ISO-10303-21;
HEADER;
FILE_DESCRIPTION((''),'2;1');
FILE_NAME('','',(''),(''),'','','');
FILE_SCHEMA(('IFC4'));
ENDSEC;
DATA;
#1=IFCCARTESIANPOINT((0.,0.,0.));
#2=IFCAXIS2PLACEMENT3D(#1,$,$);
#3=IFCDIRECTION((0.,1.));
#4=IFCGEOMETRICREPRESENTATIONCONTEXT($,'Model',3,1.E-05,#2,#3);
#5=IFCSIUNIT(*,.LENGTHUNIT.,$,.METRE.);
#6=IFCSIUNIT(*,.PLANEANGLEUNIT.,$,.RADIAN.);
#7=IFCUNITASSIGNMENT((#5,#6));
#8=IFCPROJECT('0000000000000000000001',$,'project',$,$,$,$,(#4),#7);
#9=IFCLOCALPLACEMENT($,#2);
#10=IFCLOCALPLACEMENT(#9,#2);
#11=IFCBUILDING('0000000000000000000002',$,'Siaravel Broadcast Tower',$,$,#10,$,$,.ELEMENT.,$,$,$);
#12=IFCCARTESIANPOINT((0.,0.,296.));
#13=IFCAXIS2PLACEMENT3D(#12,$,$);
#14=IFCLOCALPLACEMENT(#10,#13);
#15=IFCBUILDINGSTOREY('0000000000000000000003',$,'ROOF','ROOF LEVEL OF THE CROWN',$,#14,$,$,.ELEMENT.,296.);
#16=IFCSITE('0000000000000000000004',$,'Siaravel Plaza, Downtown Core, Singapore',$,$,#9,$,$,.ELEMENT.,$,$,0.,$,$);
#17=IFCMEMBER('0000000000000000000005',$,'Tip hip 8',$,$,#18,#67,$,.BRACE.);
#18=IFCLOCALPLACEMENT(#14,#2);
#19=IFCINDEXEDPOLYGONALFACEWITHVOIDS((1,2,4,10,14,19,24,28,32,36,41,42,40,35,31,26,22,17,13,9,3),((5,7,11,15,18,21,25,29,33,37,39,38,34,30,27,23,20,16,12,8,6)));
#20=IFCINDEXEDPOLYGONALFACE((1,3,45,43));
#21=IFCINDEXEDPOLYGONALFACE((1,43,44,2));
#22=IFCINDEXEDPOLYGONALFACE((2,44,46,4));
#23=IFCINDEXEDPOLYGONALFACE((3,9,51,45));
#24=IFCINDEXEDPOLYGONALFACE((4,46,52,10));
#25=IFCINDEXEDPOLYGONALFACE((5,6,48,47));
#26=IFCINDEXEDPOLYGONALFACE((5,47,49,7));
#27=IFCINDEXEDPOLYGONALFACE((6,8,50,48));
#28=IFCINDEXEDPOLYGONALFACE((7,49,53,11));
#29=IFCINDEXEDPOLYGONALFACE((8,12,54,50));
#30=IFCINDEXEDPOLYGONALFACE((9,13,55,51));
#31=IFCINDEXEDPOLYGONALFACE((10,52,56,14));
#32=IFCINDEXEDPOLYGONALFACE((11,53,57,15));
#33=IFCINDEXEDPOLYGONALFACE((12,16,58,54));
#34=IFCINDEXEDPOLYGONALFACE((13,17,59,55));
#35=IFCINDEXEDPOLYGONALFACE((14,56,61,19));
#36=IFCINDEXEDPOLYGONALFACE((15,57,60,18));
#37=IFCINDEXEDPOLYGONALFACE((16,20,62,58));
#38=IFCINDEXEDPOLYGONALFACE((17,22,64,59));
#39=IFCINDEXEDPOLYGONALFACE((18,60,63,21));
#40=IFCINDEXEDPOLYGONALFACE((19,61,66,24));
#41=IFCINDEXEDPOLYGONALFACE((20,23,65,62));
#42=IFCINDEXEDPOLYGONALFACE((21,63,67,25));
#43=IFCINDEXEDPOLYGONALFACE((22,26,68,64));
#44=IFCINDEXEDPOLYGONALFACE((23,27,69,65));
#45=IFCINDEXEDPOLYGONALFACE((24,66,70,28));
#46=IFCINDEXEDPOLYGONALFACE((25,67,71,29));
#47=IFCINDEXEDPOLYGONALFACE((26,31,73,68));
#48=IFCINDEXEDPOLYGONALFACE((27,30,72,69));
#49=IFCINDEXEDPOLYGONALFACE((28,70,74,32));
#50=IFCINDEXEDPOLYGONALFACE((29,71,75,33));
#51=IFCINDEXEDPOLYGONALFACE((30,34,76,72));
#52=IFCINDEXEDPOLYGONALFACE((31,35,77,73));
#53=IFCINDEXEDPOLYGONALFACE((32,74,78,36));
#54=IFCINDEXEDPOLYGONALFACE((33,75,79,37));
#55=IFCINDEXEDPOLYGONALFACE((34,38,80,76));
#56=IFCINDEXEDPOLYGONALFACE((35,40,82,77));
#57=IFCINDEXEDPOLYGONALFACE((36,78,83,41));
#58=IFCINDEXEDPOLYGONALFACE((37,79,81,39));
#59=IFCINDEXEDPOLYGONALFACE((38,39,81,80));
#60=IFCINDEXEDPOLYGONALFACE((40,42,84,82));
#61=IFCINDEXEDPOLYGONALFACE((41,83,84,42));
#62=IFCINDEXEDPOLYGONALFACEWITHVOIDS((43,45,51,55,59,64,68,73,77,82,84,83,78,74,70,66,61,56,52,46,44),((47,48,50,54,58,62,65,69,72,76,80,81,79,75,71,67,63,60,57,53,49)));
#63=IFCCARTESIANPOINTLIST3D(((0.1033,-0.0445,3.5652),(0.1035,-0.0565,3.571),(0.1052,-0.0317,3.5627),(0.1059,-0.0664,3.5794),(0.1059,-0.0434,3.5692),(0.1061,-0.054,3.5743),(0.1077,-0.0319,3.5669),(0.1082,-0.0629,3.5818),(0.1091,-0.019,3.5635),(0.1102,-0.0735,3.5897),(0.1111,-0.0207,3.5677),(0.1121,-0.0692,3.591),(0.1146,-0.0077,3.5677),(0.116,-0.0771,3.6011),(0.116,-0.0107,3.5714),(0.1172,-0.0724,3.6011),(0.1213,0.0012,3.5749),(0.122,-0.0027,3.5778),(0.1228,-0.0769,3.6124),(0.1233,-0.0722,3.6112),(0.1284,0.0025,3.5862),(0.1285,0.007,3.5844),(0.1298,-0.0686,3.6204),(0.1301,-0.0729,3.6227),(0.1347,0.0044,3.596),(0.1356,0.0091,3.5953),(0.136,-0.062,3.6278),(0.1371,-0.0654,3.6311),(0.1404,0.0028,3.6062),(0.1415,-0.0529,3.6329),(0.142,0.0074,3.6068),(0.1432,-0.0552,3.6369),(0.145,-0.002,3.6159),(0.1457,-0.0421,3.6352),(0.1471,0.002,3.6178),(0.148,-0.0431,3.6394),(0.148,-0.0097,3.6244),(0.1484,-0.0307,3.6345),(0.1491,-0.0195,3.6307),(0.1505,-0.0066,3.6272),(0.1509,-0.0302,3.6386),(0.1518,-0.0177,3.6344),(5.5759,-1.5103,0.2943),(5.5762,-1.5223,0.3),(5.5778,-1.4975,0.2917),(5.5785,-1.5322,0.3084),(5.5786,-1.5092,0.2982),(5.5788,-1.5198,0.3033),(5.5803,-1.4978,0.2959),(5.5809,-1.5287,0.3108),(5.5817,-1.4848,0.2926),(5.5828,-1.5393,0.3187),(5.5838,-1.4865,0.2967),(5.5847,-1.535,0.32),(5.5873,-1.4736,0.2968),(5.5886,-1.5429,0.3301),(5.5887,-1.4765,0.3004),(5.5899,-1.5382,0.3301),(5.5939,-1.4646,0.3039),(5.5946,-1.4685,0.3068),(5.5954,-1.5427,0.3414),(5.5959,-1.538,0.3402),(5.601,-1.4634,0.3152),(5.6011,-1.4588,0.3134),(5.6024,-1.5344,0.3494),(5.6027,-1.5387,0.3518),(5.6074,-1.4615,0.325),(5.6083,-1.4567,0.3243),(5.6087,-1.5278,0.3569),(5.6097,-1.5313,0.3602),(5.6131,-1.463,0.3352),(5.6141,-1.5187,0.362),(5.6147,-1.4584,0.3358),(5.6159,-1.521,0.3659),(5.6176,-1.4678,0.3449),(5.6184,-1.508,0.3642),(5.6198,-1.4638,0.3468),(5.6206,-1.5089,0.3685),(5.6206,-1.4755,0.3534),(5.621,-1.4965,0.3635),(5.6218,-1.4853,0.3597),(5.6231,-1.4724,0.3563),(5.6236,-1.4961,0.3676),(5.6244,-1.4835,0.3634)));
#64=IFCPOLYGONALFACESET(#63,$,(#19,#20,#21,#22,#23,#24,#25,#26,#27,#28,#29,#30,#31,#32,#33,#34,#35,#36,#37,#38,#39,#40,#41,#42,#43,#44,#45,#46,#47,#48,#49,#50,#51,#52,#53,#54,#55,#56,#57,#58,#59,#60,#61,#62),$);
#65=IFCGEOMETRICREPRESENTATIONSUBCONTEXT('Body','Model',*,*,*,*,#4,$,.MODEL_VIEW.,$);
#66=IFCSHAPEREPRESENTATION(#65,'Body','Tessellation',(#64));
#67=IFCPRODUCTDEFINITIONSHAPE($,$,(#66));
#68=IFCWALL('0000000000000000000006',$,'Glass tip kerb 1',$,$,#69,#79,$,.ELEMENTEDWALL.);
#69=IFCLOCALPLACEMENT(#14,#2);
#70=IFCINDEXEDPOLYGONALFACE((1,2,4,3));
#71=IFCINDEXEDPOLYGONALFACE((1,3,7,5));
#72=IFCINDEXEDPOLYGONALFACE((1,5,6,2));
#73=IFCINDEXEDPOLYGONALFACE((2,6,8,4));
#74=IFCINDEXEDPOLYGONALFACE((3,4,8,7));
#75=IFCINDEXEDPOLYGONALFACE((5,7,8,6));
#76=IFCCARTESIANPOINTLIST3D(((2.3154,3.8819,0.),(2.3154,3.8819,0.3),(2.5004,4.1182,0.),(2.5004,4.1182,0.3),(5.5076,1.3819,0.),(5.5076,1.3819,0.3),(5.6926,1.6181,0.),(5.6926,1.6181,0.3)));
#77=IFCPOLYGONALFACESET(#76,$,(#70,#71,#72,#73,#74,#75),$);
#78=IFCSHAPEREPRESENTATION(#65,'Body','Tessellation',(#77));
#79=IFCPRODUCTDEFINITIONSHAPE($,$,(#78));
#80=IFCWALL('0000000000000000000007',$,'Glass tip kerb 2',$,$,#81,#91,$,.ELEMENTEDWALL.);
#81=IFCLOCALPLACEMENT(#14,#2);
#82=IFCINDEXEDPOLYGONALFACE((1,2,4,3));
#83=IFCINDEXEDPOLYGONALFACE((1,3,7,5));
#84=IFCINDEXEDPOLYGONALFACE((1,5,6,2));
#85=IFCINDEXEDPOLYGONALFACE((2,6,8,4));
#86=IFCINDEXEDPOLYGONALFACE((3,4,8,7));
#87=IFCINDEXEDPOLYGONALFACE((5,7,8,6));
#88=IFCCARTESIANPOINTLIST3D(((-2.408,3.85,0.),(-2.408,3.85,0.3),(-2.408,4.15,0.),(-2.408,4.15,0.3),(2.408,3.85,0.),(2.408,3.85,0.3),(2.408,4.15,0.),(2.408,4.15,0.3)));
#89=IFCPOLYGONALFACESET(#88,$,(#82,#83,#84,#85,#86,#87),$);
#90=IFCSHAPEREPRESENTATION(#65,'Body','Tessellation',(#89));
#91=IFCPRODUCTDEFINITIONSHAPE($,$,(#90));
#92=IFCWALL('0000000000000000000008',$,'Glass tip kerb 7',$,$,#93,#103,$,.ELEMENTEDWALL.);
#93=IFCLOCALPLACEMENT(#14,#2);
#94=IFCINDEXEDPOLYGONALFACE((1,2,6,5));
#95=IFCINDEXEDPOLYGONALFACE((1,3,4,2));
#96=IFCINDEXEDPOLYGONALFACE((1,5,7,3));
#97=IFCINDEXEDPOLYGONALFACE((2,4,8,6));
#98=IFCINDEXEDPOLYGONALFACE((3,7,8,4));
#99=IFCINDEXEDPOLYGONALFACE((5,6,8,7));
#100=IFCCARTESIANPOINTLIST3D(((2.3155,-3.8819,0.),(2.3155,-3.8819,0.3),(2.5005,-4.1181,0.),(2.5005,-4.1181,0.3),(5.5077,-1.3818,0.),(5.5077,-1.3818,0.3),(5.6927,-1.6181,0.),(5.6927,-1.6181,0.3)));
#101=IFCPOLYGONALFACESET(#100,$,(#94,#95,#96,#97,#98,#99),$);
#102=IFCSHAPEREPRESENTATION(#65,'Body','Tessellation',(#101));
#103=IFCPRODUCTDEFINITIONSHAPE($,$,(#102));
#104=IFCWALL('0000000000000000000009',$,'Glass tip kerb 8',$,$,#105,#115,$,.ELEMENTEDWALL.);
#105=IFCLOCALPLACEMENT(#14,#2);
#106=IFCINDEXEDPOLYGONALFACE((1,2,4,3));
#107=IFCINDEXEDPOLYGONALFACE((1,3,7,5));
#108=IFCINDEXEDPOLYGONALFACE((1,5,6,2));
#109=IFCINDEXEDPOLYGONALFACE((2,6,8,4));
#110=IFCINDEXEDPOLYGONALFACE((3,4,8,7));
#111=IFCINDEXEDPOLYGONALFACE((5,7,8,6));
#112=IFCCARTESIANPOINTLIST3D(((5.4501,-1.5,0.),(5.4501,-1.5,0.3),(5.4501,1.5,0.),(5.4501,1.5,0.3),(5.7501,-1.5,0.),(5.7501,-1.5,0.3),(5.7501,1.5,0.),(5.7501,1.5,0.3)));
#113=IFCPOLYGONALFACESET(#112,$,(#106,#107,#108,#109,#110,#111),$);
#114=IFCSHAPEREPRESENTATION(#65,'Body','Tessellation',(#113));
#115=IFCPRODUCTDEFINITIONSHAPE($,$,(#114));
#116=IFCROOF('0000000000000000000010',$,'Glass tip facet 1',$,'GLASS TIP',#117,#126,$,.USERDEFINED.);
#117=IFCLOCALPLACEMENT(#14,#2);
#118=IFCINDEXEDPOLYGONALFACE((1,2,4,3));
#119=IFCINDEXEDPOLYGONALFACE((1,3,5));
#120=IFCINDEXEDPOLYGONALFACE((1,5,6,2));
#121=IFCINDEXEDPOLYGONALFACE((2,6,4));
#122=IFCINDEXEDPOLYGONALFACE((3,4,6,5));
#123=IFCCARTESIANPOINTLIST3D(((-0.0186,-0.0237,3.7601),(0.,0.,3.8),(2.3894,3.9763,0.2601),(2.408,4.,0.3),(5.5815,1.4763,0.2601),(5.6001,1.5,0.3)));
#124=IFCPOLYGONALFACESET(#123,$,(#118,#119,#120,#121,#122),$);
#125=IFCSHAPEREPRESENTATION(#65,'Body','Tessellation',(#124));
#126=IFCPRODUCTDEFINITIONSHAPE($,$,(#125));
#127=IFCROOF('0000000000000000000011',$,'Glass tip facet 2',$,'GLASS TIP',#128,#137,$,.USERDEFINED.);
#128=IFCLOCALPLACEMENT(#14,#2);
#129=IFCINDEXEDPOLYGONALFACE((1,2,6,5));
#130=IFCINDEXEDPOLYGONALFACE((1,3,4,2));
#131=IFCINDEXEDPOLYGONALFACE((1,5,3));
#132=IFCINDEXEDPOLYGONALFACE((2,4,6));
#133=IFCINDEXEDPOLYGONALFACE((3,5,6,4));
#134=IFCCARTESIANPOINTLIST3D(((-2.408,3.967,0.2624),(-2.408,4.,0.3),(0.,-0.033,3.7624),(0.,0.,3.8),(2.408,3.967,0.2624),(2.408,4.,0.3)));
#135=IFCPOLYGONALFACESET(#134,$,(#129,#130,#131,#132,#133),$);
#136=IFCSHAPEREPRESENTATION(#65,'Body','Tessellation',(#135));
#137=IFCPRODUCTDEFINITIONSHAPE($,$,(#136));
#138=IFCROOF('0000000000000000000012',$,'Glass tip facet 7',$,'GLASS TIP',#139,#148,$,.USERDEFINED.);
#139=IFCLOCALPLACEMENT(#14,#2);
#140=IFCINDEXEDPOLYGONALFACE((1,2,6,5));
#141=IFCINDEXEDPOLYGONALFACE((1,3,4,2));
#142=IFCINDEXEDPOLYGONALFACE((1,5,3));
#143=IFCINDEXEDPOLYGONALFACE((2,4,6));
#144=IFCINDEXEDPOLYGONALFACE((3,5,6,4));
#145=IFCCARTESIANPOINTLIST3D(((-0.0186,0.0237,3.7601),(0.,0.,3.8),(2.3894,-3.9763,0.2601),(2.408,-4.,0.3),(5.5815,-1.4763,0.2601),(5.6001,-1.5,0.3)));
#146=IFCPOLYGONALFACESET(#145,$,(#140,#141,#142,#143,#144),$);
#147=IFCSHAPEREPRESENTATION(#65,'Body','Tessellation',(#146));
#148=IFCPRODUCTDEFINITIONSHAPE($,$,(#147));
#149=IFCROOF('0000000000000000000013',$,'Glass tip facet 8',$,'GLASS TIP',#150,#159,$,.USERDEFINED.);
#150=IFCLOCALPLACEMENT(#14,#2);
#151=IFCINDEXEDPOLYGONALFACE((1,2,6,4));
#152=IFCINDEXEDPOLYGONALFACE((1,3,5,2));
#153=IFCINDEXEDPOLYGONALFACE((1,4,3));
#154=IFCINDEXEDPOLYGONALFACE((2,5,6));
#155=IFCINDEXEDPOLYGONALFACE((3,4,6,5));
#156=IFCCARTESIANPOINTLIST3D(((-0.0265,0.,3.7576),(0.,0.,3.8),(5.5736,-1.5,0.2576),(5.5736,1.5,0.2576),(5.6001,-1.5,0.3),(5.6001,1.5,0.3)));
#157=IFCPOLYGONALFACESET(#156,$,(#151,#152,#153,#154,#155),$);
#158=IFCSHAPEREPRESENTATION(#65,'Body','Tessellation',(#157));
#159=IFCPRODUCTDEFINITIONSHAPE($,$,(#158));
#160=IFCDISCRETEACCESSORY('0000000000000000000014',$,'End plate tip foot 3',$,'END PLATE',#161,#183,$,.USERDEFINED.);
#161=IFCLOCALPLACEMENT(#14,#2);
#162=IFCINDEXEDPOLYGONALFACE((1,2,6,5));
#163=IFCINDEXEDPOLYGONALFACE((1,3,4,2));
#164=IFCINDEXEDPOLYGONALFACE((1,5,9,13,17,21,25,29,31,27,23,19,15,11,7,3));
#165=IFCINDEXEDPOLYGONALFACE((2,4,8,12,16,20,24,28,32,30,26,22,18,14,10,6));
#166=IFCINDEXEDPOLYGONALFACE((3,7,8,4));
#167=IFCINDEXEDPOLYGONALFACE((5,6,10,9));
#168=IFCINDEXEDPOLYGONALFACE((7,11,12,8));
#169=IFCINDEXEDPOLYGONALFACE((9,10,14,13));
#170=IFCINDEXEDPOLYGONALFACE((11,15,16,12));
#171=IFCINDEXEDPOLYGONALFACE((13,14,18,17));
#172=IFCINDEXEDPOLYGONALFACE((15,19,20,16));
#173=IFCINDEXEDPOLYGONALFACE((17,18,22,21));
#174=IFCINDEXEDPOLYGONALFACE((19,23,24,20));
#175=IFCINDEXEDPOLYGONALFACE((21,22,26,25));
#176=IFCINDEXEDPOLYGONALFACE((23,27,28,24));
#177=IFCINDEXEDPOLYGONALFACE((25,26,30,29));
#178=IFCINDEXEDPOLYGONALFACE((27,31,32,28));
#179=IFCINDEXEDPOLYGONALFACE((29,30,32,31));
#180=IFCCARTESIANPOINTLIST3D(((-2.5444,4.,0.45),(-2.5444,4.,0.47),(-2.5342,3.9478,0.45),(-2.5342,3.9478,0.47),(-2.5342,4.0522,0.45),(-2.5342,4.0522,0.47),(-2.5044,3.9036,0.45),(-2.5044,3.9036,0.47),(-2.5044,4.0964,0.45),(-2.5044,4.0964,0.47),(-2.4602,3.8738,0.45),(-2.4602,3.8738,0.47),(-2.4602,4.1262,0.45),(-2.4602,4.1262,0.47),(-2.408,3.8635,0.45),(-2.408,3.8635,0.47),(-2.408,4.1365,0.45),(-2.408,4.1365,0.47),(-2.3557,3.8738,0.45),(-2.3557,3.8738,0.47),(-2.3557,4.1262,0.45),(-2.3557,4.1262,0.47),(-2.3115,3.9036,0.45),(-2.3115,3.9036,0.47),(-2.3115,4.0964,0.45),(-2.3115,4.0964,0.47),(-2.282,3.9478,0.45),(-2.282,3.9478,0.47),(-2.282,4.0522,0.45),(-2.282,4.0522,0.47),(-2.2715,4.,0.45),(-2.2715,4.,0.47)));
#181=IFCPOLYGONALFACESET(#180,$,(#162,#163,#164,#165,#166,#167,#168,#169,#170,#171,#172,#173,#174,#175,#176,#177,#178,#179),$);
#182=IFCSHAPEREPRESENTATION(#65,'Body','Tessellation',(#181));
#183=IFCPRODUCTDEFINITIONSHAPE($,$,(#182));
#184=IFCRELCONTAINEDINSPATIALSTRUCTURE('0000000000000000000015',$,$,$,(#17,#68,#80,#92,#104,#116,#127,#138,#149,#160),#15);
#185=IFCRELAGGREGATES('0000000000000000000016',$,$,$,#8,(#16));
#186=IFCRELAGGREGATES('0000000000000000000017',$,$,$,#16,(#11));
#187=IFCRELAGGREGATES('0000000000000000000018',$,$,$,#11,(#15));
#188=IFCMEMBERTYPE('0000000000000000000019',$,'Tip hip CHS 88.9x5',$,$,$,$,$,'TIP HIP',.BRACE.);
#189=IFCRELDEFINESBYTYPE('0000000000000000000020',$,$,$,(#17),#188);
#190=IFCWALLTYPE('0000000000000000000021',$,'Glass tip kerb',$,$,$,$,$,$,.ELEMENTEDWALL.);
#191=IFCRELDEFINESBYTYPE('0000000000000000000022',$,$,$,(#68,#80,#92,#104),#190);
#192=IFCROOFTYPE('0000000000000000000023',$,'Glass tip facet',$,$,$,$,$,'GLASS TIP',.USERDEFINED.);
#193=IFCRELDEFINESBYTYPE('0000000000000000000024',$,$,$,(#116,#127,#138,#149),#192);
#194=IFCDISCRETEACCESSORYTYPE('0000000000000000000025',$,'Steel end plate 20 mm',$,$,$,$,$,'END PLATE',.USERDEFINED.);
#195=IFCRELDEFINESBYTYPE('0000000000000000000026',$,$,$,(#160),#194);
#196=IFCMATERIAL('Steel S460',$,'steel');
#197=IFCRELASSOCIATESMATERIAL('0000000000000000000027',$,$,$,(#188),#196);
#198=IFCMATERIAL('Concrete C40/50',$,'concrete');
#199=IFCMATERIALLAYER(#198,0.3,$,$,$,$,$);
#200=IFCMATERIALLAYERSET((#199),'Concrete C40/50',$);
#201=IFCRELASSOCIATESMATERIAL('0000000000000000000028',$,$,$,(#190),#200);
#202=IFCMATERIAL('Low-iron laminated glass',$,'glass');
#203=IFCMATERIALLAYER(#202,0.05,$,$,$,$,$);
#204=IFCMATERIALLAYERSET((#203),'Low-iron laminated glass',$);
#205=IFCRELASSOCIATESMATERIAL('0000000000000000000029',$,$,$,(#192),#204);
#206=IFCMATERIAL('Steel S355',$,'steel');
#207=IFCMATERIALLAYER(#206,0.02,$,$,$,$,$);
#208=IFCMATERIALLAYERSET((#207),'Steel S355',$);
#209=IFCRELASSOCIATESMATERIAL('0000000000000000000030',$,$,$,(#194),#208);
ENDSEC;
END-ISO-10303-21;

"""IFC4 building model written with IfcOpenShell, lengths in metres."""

from ifc_helpers import new_model, si_unit, direction, frame, frame_2d, origin, origin_2d, place, context, subcontext, project, spatial, polyline, rectangle, hollow_circle, outline, extrude, material, layer, layer_set, material_profile, profile_set, type_object, element, save


model = new_model("IFC4")

# Units and contexts
model_context = context("Model", 3, precision=1e-05, world=origin(), true_north=direction((0.0, 1.0)))
body_context = subcontext(model_context, "Body", "Model", "MODEL_VIEW")
ifc_project = project(units=[si_unit("LENGTHUNIT", "METRE"), si_unit("PLANEANGLEUNIT", "RADIAN")], contexts=[model_context])

# Site, building, storey
site_placement = place(None, origin())
site = spatial("IfcSite", under=ifc_project, at=site_placement, Name="Siaravel Plaza, Downtown Core, Singapore", CompositionType="ELEMENT", RefElevation=0.0)
building_placement = place(site_placement, origin())
building = spatial("IfcBuilding", under=site, at=building_placement, Name="Siaravel Broadcast Tower", CompositionType="ELEMENT")
storey_placement = place(building_placement, frame((0.0, 0.0, 296.0)))
storey = spatial("IfcBuildingStorey", under=building, at=storey_placement, Name="ROOF", Description="ROOF LEVEL OF THE CROWN", CompositionType="ELEMENT", Elevation=296.0)

# Shared definitions
ifc_material_1 = material(Name="Steel S460", Category="steel")

# Member
ifc_material_profile_1 = material_profile(ifc_material_1, hollow_circle(Radius=0.0444, WallThickness=0.0049, at=origin_2d()))
ifc_profile_set_1 = profile_set([ifc_material_profile_1], Name="Steel S460")
member_type = type_object("IfcMemberType", Name="Tip hip CHS 88.9x5", ElementType="TIP HIP", PredefinedType="BRACE", material=ifc_profile_set_1)
member_1_placement = place(storey_placement, frame((5.6001, -1.5, 0.3301), z_axis=(-0.836539, 0.224062, 0.499998), x_axis=(-0.258725, -0.965951, 0.0)))
element("IfcMember", 1, at=member_1_placement, inside=storey, type_object=member_type, Name="Tip hip 8", PredefinedType="BRACE", context=body_context, shape_type="SweptSolid", body=[
    extrude(hollow_circle(Radius=0.0444, WallThickness=0.0049, at=origin_2d()), origin(), (0.0, 0.0, 1.0), 6.542),
])

# Walls
ifc_material_2 = material(Name="Concrete C40/50", Category="concrete")
ifc_layer_1 = layer(ifc_material_2, 0.3)
ifc_layer_set_1 = layer_set([ifc_layer_1], Name="Concrete C40/50")
wall_type = type_object("IfcWallType", Name="Glass tip kerb", PredefinedType="ELEMENTEDWALL", material=ifc_layer_set_1)
wall_1_placement = place(storey_placement, frame((5.6001, 1.5, 0.0), z_axis=(0.0, 0.0, 1.0), x_axis=(-0.787289, 0.616584, 0.0)))
element("IfcWall", 2, at=wall_1_placement, inside=storey, type_object=wall_type, Name="Glass tip kerb 1", PredefinedType="ELEMENTEDWALL", context=body_context, shape_type="SweptSolid", body=[
    extrude(rectangle(XDim=4.0547, YDim=0.3, at=frame_2d((2.0273, 0.0))), origin(), (0.0, 0.0, 1.0), 0.3),
])
wall_2_placement = place(storey_placement, frame((2.408, 4.0, 0.0), z_axis=(0.0, 0.0, 1.0), x_axis=(-1.0, 0.0, 0.0)))
element("IfcWall", 3, at=wall_2_placement, inside=storey, type_object=wall_type, Name="Glass tip kerb 2", PredefinedType="ELEMENTEDWALL", context=body_context, shape_type="SweptSolid", body=[
    extrude(rectangle(XDim=4.8159, YDim=0.3, at=frame_2d((2.408, 0.0))), origin(), (0.0, 0.0, 1.0), 0.3),
])
wall_3_placement = place(storey_placement, frame((2.408, -4.0, 0.0), z_axis=(0.0, 0.0, 1.0), x_axis=(0.787289, 0.616584, 0.0)))
element("IfcWall", 4, at=wall_3_placement, inside=storey, type_object=wall_type, Name="Glass tip kerb 7", PredefinedType="ELEMENTEDWALL", context=body_context, shape_type="SweptSolid", body=[
    extrude(rectangle(XDim=4.0547, YDim=0.3, at=frame_2d((2.0273, 0.0))), origin(), (0.0, 0.0, 1.0), 0.3),
])
wall_4_placement = place(storey_placement, frame((5.6001, -1.5, 0.0), z_axis=(0.0, 0.0, 1.0), x_axis=(0.0, 1.0, 0.0)))
element("IfcWall", 5, at=wall_4_placement, inside=storey, type_object=wall_type, Name="Glass tip kerb 8", PredefinedType="ELEMENTEDWALL", context=body_context, shape_type="SweptSolid", body=[
    extrude(rectangle(XDim=3.0, YDim=0.3, at=frame_2d((1.5, 0.0))), origin(), (0.0, 0.0, 1.0), 0.3),
])

# Roofs
ifc_material_3 = material(Name="Low-iron laminated glass", Category="glass")
ifc_layer_2 = layer(ifc_material_3, 0.05)
ifc_layer_set_2 = layer_set([ifc_layer_2], Name="Low-iron laminated glass")
roof_type = type_object("IfcRoofType", Name="Glass tip facet", ElementType="GLASS TIP", PredefinedType="USERDEFINED", material=ifc_layer_set_2)
roof_1_placement = place(storey_placement, frame((5.6001, 1.5, 0.3), z_axis=(0.37162, 0.474505, 0.797962), x_axis=(-0.787289, 0.616584, 0.0)))
element("IfcRoof", 6, at=roof_1_placement, inside=storey, type_object=roof_type, Name="Glass tip facet 1", ObjectType="GLASS TIP", PredefinedType="USERDEFINED", context=body_context, shape_type="SweptSolid", body=[
    extrude(outline(polyline([(0.0, 0.0), (4.0546, 0.0), (3.484, 5.8071), (0.0, 0.0)])), origin(), (0.0, 0.0, -1.0), 0.05),
])
roof_2_placement = place(storey_placement, frame((2.408, 4.0, 0.3), z_axis=(0.0, 0.658505, 0.752577), x_axis=(-1.0, 0.0, 0.0)))
element("IfcRoof", 7, at=roof_2_placement, inside=storey, type_object=roof_type, Name="Glass tip facet 2", ObjectType="GLASS TIP", PredefinedType="USERDEFINED", context=body_context, shape_type="SweptSolid", body=[
    extrude(outline(polyline([(0.0, 0.0), (4.8159, 0.0), (2.408, 5.3151), (0.0, 0.0)])), origin(), (0.0, 0.0, -1.0), 0.05),
])
roof_3_placement = place(storey_placement, frame((2.408, -4.0, 0.3), z_axis=(0.37162, -0.474505, 0.797962), x_axis=(0.787289, 0.616584, 0.0)))
element("IfcRoof", 8, at=roof_3_placement, inside=storey, type_object=roof_type, Name="Glass tip facet 7", ObjectType="GLASS TIP", PredefinedType="USERDEFINED", context=body_context, shape_type="SweptSolid", body=[
    extrude(outline(polyline([(0.0, 0.0), (4.0546, 0.0), (0.5706, 5.8071), (0.0, 0.0)])), origin(), (0.0, 0.0, -1.0), 0.05),
])
roof_4_placement = place(storey_placement, frame((5.6001, -1.5, 0.3), z_axis=(0.529992, 0.0, 0.848002), x_axis=(0.0, 1.0, 0.0)))
element("IfcRoof", 9, at=roof_4_placement, inside=storey, type_object=roof_type, Name="Glass tip facet 8", ObjectType="GLASS TIP", PredefinedType="USERDEFINED", context=body_context, shape_type="SweptSolid", body=[
    extrude(outline(polyline([(0.0, 0.0), (3.0, 0.0), (1.5, 6.6039), (0.0, 0.0)])), origin(), (0.0, 0.0, -1.0), 0.05),
])

# Discrete accessory
ifc_material_4 = material(Name="Steel S355", Category="steel")
ifc_layer_3 = layer(ifc_material_4, 0.02)
ifc_layer_set_3 = layer_set([ifc_layer_3], Name="Steel S355")
discrete_accessory_type = type_object("IfcDiscreteAccessoryType", Name="Steel end plate 20 mm", ElementType="END PLATE", PredefinedType="USERDEFINED", material=ifc_layer_set_3)
discrete_accessory_1_placement = place(storey_placement, frame((0.0, 0.0, 0.45)))
element("IfcDiscreteAccessory", 10, at=discrete_accessory_1_placement, inside=storey, type_object=discrete_accessory_type, Name="End plate tip foot 3", ObjectType="END PLATE", PredefinedType="USERDEFINED", context=body_context, shape_type="SweptSolid", body=[
    extrude(outline(polyline([(-2.2715, 4.0), (-2.282, 4.0522), (-2.3115, 4.0964), (-2.3557, 4.1262), (-2.408, 4.1365), (-2.4602, 4.1262), (-2.5044, 4.0964), (-2.5342, 4.0522), (-2.5444, 4.0), (-2.5342, 3.9478), (-2.5044, 3.9036), (-2.4602, 3.8738), (-2.408, 3.8635), (-2.3557, 3.8738), (-2.3115, 3.9036), (-2.282, 3.9478), (-2.2715, 4.0)])), origin(), (0.0, 0.0, 1.0), 0.02),
])

save(model, "model.ifc")
